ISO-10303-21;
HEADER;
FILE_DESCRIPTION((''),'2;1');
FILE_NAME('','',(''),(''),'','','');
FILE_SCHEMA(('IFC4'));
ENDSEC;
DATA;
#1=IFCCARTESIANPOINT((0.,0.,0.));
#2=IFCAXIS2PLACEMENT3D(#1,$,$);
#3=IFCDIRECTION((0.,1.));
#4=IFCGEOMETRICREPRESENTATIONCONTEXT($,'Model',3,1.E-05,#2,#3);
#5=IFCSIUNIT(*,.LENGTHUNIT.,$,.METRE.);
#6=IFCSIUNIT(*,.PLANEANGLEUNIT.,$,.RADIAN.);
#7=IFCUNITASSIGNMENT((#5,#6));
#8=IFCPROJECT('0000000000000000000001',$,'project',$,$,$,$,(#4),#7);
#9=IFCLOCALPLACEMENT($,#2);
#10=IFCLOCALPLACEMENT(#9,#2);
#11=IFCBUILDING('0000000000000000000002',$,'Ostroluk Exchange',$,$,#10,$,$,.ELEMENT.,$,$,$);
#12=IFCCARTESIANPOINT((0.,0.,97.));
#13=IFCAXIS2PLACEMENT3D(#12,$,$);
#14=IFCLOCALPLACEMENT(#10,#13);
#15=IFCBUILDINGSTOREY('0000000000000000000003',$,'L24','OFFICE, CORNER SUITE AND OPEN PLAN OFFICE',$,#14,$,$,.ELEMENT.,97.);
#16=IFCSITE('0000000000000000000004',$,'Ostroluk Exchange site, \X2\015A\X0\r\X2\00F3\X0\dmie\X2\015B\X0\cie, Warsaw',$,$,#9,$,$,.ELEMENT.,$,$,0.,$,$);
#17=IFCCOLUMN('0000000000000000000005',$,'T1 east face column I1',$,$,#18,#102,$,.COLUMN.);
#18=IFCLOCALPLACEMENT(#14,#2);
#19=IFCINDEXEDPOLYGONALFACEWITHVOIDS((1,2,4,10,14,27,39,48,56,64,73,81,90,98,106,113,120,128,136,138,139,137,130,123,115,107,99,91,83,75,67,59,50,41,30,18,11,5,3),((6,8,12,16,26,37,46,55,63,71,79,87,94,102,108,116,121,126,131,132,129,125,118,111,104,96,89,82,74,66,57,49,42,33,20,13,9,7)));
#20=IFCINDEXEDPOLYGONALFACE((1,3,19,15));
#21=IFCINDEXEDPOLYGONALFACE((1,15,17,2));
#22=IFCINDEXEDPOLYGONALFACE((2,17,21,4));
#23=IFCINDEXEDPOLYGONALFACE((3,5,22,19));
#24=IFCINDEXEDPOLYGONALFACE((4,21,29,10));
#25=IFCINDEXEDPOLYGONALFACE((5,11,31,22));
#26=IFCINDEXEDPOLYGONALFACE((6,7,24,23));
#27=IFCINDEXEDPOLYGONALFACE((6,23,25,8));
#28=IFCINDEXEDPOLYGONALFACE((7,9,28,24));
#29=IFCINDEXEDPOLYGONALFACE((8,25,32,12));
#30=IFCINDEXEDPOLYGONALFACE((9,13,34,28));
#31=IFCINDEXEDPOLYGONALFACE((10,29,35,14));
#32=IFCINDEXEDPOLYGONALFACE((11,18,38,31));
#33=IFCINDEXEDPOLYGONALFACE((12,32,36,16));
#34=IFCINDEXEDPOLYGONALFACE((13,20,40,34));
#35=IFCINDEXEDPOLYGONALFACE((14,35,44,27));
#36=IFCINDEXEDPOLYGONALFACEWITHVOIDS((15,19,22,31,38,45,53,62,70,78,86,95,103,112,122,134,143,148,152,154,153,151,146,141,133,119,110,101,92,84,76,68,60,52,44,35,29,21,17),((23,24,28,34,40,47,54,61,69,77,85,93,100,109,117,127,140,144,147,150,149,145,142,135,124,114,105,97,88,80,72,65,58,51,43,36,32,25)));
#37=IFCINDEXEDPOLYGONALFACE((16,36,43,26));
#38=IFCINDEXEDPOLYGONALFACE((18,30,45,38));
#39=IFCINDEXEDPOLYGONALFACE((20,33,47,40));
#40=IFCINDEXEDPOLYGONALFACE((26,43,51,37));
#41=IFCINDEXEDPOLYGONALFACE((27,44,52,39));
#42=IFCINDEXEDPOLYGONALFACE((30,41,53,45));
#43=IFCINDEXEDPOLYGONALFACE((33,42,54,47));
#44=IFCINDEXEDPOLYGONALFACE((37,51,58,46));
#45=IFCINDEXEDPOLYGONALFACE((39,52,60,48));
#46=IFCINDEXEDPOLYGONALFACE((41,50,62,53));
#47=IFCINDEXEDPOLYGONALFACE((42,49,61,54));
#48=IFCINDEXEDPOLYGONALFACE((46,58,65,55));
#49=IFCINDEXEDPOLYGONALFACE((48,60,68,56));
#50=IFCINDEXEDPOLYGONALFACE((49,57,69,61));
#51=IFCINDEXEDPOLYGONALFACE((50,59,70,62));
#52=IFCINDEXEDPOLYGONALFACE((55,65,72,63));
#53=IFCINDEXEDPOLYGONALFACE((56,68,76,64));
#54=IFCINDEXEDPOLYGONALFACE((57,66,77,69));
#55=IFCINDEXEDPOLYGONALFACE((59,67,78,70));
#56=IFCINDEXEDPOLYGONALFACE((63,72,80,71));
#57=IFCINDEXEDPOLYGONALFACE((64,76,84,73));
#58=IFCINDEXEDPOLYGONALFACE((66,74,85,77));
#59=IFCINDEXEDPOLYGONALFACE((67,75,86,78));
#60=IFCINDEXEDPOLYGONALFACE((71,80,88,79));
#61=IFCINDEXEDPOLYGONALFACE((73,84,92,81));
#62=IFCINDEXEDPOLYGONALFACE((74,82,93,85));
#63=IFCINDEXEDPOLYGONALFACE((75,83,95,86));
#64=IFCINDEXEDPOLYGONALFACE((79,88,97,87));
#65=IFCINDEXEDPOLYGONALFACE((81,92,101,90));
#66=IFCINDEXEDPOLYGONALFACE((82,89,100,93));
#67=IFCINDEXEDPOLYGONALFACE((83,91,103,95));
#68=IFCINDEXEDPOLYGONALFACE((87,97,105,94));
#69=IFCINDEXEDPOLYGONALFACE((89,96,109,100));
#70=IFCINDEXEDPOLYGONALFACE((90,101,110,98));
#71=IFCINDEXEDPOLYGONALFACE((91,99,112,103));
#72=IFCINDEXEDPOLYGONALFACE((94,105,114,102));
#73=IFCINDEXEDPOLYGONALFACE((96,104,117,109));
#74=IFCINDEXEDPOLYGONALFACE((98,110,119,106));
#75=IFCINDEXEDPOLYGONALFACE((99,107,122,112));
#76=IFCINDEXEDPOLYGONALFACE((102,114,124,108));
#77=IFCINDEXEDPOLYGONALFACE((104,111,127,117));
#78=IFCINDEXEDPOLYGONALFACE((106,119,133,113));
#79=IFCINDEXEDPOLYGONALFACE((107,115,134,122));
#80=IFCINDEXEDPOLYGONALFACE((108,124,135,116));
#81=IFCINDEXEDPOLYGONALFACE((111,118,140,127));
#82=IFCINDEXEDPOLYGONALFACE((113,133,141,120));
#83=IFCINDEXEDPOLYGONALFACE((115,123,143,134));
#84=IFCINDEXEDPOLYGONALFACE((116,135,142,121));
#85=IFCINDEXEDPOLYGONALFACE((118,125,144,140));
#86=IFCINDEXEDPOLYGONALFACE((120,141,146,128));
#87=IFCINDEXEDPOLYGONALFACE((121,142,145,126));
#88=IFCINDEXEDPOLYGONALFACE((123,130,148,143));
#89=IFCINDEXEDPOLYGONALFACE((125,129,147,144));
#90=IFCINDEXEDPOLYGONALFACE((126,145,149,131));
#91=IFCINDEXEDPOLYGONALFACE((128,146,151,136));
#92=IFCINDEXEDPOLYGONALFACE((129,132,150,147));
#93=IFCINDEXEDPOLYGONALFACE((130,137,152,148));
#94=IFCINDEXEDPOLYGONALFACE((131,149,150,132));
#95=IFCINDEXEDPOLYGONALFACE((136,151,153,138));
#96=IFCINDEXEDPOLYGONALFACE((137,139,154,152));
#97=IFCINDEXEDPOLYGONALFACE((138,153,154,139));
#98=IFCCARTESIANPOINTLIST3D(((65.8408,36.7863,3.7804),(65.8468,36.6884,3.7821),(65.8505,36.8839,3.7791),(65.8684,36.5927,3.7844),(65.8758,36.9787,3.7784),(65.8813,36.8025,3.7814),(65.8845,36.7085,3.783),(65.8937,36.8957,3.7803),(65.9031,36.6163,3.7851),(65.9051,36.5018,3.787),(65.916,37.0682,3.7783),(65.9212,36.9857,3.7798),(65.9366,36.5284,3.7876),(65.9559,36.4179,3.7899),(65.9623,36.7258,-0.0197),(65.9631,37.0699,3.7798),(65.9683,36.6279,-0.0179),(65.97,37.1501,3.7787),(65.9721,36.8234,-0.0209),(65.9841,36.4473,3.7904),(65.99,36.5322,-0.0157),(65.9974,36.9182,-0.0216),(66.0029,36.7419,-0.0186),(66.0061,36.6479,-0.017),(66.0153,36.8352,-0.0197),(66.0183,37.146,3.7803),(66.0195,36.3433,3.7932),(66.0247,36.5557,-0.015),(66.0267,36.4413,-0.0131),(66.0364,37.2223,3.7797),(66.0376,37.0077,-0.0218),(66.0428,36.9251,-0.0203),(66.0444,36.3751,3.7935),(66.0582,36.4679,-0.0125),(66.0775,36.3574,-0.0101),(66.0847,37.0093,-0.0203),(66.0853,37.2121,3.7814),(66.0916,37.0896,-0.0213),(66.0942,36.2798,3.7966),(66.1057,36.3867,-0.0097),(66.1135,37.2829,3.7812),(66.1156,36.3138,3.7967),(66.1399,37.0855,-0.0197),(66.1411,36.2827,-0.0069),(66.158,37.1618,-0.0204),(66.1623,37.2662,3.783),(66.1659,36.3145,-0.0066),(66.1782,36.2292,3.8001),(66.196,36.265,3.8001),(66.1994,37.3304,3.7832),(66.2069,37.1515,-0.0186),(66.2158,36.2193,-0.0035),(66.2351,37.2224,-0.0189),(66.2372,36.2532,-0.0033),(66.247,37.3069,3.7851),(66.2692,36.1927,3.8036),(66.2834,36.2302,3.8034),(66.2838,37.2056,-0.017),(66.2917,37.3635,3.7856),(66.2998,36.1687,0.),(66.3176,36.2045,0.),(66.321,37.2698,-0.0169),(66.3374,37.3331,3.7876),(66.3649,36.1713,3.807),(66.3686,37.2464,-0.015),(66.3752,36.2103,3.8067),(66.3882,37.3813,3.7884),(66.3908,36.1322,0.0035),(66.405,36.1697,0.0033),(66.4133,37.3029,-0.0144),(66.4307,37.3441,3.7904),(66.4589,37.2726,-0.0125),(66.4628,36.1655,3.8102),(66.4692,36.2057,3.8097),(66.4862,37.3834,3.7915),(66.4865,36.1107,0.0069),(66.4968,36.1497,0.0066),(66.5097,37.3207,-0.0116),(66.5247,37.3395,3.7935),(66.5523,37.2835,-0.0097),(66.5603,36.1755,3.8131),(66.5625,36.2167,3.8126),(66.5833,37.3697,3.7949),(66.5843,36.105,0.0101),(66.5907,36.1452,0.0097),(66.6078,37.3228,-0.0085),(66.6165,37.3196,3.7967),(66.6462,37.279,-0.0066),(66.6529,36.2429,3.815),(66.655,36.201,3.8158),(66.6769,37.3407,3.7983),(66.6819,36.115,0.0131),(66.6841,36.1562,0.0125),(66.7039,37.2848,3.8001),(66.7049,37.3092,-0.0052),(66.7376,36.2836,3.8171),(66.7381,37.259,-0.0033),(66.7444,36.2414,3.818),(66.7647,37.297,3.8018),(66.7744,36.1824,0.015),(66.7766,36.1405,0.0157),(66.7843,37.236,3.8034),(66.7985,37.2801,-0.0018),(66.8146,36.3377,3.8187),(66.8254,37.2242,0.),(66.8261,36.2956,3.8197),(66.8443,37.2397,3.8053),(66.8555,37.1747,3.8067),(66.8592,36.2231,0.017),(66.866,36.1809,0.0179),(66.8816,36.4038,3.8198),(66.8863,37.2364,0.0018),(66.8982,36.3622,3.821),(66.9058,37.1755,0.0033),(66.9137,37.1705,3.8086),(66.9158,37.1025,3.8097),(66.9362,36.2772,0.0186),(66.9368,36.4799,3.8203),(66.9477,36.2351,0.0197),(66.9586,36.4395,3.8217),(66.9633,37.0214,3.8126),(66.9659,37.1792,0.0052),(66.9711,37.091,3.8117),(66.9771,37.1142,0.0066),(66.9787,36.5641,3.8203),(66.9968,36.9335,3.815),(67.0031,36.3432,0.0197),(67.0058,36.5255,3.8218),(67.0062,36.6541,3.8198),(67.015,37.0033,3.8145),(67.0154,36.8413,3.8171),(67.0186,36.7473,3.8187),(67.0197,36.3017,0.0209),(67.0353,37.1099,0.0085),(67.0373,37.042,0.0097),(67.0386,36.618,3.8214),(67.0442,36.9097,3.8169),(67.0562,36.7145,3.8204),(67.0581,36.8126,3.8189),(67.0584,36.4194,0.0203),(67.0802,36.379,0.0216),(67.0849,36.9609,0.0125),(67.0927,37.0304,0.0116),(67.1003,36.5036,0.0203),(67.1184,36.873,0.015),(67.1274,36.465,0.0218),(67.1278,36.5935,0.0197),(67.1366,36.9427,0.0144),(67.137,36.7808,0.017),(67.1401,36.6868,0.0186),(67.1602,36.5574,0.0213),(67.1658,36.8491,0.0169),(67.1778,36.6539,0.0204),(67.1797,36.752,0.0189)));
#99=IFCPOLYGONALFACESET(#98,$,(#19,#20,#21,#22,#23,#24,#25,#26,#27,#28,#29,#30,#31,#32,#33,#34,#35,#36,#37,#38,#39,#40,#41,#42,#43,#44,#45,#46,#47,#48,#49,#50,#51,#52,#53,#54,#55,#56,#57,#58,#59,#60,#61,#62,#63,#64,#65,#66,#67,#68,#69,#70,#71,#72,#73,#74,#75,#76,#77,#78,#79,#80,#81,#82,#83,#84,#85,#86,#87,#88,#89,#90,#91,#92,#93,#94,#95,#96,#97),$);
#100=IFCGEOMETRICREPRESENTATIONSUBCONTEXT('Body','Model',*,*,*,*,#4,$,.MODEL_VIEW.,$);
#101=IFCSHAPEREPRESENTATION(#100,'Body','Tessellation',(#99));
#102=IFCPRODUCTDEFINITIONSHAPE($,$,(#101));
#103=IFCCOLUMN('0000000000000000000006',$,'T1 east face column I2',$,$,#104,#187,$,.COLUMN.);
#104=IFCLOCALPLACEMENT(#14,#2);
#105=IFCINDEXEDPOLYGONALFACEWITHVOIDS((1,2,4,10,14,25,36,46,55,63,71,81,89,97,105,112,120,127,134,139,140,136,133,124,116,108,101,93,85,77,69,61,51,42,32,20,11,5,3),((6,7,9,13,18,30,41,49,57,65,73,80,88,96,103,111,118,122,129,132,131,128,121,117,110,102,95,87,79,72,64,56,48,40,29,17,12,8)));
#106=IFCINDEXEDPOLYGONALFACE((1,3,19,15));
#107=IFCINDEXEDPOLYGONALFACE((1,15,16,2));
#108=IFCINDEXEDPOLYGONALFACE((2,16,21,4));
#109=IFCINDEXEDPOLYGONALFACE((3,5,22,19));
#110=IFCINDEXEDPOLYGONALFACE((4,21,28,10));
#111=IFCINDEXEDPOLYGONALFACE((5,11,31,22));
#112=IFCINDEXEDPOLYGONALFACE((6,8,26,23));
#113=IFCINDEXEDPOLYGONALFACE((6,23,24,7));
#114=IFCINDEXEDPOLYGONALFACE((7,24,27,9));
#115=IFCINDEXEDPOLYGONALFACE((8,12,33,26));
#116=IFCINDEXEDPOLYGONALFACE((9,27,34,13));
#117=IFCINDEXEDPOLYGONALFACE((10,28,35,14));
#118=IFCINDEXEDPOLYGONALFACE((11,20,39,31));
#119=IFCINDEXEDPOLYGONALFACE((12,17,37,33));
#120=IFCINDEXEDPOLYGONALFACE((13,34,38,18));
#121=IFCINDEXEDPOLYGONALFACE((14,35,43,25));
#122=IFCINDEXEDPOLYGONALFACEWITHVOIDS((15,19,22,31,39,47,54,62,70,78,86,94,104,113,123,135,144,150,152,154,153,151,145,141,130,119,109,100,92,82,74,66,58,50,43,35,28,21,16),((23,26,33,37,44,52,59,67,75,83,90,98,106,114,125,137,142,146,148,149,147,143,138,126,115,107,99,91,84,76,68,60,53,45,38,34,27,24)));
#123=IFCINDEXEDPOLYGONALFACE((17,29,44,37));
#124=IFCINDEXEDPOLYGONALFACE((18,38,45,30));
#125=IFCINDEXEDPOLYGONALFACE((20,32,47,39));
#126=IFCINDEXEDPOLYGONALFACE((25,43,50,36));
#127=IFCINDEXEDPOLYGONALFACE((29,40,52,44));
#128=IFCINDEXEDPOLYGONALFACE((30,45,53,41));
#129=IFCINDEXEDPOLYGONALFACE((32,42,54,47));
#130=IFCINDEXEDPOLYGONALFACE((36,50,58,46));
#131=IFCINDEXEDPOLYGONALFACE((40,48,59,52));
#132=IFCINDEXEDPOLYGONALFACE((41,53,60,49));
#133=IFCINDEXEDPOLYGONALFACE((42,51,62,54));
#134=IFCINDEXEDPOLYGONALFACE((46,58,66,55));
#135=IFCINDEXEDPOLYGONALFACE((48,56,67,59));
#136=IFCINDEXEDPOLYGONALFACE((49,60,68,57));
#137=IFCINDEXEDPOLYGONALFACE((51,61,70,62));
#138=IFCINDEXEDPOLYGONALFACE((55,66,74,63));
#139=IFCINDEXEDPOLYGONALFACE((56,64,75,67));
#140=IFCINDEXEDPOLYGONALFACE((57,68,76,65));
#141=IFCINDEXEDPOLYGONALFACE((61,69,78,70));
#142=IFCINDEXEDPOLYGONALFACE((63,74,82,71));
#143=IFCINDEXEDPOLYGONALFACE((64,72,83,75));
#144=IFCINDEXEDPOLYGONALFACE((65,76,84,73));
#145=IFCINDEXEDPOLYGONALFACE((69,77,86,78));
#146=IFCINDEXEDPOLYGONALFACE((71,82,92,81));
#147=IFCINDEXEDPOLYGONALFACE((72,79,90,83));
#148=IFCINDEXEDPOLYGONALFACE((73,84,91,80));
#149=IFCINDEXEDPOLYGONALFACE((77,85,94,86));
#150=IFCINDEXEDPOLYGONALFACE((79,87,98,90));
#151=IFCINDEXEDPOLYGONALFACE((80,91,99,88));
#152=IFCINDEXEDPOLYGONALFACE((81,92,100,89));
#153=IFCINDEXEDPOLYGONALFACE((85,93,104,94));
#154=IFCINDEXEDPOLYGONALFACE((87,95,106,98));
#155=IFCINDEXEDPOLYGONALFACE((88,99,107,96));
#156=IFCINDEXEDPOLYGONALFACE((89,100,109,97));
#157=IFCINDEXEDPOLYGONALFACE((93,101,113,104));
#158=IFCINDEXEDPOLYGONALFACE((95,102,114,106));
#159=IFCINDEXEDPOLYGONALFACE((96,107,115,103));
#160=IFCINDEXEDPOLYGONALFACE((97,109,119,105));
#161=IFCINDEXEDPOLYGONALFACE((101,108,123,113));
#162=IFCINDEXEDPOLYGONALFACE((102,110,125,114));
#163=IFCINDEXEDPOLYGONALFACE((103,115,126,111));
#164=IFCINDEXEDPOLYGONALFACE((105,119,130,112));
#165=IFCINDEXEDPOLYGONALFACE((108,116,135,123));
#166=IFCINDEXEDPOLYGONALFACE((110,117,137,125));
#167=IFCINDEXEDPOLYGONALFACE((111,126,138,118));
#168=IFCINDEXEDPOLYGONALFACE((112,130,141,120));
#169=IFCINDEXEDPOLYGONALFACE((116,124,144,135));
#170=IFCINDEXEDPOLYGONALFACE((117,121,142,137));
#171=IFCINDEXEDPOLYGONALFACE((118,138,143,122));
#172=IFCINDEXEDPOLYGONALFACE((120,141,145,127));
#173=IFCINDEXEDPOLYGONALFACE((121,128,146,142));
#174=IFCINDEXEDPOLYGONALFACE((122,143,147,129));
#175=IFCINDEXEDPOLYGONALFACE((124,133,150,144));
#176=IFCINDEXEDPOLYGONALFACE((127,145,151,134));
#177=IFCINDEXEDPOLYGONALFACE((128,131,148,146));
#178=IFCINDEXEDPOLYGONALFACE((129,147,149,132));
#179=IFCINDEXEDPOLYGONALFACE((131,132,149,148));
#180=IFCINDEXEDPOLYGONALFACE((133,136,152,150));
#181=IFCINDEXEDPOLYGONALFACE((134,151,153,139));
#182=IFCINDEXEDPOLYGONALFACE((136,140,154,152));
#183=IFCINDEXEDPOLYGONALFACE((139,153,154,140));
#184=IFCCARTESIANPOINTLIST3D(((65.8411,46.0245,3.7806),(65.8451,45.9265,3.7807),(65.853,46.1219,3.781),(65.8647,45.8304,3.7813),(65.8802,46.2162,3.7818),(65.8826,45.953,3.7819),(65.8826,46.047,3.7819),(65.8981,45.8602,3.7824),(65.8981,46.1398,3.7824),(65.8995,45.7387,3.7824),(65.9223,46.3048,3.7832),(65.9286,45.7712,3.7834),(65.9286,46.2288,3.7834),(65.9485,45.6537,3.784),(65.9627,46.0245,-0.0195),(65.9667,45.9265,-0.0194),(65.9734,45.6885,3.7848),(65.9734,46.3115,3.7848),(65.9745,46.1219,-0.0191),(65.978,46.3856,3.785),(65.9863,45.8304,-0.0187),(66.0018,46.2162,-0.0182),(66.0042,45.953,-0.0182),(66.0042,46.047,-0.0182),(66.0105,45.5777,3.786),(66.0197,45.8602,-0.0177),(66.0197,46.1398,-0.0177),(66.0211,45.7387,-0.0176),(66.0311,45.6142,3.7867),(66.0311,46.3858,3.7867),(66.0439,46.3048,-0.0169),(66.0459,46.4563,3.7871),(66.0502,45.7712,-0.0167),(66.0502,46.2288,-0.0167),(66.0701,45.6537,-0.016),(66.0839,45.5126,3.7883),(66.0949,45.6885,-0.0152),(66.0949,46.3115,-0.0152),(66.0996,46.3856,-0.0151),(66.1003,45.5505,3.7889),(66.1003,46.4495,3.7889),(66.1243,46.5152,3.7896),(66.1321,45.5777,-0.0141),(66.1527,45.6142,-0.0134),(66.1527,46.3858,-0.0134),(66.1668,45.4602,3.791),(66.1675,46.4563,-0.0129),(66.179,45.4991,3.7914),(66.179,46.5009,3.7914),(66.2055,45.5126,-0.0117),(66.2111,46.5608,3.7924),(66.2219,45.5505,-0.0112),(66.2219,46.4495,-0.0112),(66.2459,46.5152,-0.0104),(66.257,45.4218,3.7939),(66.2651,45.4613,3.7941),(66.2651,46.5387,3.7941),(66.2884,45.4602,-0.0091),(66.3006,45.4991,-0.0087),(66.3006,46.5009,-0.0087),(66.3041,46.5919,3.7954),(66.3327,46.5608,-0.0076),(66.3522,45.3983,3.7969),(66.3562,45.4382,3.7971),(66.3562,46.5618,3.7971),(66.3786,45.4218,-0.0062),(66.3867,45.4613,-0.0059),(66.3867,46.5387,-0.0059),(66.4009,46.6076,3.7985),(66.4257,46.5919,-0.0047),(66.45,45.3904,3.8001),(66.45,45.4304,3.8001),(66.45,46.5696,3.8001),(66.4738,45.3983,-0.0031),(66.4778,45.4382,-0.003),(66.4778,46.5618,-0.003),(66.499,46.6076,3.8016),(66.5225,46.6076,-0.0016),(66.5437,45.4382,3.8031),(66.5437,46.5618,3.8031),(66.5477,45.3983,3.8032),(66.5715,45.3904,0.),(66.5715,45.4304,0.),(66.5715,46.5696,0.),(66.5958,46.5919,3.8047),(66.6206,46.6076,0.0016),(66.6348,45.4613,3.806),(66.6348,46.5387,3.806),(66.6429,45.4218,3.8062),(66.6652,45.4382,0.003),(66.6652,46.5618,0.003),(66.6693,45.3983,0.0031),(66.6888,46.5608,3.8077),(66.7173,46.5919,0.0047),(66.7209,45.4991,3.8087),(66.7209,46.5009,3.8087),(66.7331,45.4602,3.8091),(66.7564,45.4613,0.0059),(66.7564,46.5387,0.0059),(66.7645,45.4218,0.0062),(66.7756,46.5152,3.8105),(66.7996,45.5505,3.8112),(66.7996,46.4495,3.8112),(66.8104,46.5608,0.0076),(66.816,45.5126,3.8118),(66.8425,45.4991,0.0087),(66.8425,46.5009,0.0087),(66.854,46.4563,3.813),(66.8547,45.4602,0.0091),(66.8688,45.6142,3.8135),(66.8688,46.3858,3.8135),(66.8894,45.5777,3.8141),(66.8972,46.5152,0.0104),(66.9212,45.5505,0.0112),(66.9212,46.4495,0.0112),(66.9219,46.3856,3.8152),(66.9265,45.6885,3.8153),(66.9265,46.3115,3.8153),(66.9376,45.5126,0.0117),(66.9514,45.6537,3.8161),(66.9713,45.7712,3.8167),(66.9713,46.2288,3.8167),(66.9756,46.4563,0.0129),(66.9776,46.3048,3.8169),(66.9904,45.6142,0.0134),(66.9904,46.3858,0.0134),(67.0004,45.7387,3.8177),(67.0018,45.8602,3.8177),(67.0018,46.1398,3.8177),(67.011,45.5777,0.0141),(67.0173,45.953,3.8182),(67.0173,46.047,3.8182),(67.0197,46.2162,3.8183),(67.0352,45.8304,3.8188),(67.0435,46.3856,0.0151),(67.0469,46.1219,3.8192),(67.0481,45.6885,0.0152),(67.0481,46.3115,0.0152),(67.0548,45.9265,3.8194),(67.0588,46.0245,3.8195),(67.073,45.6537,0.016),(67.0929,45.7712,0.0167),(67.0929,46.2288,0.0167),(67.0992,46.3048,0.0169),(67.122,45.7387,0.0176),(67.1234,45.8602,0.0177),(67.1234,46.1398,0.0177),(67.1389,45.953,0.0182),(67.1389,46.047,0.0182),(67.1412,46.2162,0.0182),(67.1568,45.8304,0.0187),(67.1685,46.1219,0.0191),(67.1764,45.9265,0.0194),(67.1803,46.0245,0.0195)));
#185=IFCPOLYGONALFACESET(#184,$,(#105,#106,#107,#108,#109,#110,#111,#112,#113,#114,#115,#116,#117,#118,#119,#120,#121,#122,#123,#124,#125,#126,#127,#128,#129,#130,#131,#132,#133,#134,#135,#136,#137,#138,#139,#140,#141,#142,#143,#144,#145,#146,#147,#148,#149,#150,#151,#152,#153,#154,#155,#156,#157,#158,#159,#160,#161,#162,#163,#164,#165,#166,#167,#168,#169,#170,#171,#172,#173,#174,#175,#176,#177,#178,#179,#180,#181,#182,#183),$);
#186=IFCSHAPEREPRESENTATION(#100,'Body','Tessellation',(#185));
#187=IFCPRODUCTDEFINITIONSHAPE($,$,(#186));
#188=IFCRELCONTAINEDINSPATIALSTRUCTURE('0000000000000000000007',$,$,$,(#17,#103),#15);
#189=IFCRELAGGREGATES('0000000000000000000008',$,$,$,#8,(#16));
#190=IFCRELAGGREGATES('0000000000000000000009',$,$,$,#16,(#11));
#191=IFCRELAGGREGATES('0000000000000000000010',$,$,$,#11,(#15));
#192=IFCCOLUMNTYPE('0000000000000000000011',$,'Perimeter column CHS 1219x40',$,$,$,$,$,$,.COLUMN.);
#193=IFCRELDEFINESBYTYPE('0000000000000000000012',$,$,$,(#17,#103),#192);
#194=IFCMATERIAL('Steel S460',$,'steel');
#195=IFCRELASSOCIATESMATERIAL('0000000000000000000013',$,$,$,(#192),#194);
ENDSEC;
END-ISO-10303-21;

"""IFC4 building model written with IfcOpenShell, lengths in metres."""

from ifc_helpers import new_model, si_unit, direction, frame, origin, origin_2d, place, context, subcontext, project, spatial, hollow_circle, extrude, material, material_profile, profile_set, type_object, element, save


model = new_model("IFC4")

# Units and contexts
model_context = context("Model", 3, precision=1e-05, world=origin(), true_north=direction((0.0, 1.0)))
body_context = subcontext(model_context, "Body", "Model", "MODEL_VIEW")
ifc_project = project(units=[si_unit("LENGTHUNIT", "METRE"), si_unit("PLANEANGLEUNIT", "RADIAN")], contexts=[model_context])

# Site, building, storey
site_placement = place(None, origin())
site = spatial("IfcSite", under=ifc_project, at=site_placement, Name="Ostroluk Exchange site, Śródmieście, Warsaw", CompositionType="ELEMENT", RefElevation=0.0)
building_placement = place(site_placement, origin())
building = spatial("IfcBuilding", under=site, at=building_placement, Name="Ostroluk Exchange", CompositionType="ELEMENT")
storey_placement = place(building_placement, frame((0.0, 0.0, 97.0)))
storey = spatial("IfcBuildingStorey", under=building, at=storey_placement, Name="L24", Description="OFFICE, CORNER SUITE AND OPEN PLAN OFFICE", CompositionType="ELEMENT", Elevation=97.0)

# Columns
ifc_material_1 = material(Name="Steel S460", Category="steel")
ifc_material_profile_1 = material_profile(ifc_material_1, hollow_circle(Radius=0.6096, WallThickness=0.04, at=origin_2d()), Name="CHS 1219x40")
ifc_profile_set_1 = profile_set([ifc_material_profile_1], Name="Steel S460")
column_type = type_object("IfcColumnType", Name="Perimeter column CHS 1219x40", PredefinedType="COLUMN", material=ifc_profile_set_1)
column_1_placement = place(storey_placement, frame((66.5715, 36.7144, 0.0), z_axis=(-0.031974, 0.015923, 0.999362), x_axis=(-0.445775, -0.895145, 0.0)))
element("IfcColumn", 1, at=column_1_placement, inside=storey, type_object=column_type, Name="T1 east face column I1", PredefinedType="COLUMN", context=body_context, shape_type="SweptSolid", body=[
    extrude(hollow_circle(Radius=0.6096, WallThickness=0.04, at=origin_2d()), origin(), (0.0, 0.0, 1.0), 3.8025),
])
column_2_placement = place(storey_placement, frame((66.5715, 46.0, 0.0), z_axis=(-0.031978, 0.0, 0.999489), x_axis=(0.0, -1.0, 0.0)))
element("IfcColumn", 2, at=column_2_placement, inside=storey, type_object=column_type, Name="T1 east face column I2", PredefinedType="COLUMN", context=body_context, shape_type="SweptSolid", body=[
    extrude(hollow_circle(Radius=0.6096, WallThickness=0.04, at=origin_2d()), origin(), (0.0, 0.0, 1.0), 3.802),
])

save(model, "model.ifc")
